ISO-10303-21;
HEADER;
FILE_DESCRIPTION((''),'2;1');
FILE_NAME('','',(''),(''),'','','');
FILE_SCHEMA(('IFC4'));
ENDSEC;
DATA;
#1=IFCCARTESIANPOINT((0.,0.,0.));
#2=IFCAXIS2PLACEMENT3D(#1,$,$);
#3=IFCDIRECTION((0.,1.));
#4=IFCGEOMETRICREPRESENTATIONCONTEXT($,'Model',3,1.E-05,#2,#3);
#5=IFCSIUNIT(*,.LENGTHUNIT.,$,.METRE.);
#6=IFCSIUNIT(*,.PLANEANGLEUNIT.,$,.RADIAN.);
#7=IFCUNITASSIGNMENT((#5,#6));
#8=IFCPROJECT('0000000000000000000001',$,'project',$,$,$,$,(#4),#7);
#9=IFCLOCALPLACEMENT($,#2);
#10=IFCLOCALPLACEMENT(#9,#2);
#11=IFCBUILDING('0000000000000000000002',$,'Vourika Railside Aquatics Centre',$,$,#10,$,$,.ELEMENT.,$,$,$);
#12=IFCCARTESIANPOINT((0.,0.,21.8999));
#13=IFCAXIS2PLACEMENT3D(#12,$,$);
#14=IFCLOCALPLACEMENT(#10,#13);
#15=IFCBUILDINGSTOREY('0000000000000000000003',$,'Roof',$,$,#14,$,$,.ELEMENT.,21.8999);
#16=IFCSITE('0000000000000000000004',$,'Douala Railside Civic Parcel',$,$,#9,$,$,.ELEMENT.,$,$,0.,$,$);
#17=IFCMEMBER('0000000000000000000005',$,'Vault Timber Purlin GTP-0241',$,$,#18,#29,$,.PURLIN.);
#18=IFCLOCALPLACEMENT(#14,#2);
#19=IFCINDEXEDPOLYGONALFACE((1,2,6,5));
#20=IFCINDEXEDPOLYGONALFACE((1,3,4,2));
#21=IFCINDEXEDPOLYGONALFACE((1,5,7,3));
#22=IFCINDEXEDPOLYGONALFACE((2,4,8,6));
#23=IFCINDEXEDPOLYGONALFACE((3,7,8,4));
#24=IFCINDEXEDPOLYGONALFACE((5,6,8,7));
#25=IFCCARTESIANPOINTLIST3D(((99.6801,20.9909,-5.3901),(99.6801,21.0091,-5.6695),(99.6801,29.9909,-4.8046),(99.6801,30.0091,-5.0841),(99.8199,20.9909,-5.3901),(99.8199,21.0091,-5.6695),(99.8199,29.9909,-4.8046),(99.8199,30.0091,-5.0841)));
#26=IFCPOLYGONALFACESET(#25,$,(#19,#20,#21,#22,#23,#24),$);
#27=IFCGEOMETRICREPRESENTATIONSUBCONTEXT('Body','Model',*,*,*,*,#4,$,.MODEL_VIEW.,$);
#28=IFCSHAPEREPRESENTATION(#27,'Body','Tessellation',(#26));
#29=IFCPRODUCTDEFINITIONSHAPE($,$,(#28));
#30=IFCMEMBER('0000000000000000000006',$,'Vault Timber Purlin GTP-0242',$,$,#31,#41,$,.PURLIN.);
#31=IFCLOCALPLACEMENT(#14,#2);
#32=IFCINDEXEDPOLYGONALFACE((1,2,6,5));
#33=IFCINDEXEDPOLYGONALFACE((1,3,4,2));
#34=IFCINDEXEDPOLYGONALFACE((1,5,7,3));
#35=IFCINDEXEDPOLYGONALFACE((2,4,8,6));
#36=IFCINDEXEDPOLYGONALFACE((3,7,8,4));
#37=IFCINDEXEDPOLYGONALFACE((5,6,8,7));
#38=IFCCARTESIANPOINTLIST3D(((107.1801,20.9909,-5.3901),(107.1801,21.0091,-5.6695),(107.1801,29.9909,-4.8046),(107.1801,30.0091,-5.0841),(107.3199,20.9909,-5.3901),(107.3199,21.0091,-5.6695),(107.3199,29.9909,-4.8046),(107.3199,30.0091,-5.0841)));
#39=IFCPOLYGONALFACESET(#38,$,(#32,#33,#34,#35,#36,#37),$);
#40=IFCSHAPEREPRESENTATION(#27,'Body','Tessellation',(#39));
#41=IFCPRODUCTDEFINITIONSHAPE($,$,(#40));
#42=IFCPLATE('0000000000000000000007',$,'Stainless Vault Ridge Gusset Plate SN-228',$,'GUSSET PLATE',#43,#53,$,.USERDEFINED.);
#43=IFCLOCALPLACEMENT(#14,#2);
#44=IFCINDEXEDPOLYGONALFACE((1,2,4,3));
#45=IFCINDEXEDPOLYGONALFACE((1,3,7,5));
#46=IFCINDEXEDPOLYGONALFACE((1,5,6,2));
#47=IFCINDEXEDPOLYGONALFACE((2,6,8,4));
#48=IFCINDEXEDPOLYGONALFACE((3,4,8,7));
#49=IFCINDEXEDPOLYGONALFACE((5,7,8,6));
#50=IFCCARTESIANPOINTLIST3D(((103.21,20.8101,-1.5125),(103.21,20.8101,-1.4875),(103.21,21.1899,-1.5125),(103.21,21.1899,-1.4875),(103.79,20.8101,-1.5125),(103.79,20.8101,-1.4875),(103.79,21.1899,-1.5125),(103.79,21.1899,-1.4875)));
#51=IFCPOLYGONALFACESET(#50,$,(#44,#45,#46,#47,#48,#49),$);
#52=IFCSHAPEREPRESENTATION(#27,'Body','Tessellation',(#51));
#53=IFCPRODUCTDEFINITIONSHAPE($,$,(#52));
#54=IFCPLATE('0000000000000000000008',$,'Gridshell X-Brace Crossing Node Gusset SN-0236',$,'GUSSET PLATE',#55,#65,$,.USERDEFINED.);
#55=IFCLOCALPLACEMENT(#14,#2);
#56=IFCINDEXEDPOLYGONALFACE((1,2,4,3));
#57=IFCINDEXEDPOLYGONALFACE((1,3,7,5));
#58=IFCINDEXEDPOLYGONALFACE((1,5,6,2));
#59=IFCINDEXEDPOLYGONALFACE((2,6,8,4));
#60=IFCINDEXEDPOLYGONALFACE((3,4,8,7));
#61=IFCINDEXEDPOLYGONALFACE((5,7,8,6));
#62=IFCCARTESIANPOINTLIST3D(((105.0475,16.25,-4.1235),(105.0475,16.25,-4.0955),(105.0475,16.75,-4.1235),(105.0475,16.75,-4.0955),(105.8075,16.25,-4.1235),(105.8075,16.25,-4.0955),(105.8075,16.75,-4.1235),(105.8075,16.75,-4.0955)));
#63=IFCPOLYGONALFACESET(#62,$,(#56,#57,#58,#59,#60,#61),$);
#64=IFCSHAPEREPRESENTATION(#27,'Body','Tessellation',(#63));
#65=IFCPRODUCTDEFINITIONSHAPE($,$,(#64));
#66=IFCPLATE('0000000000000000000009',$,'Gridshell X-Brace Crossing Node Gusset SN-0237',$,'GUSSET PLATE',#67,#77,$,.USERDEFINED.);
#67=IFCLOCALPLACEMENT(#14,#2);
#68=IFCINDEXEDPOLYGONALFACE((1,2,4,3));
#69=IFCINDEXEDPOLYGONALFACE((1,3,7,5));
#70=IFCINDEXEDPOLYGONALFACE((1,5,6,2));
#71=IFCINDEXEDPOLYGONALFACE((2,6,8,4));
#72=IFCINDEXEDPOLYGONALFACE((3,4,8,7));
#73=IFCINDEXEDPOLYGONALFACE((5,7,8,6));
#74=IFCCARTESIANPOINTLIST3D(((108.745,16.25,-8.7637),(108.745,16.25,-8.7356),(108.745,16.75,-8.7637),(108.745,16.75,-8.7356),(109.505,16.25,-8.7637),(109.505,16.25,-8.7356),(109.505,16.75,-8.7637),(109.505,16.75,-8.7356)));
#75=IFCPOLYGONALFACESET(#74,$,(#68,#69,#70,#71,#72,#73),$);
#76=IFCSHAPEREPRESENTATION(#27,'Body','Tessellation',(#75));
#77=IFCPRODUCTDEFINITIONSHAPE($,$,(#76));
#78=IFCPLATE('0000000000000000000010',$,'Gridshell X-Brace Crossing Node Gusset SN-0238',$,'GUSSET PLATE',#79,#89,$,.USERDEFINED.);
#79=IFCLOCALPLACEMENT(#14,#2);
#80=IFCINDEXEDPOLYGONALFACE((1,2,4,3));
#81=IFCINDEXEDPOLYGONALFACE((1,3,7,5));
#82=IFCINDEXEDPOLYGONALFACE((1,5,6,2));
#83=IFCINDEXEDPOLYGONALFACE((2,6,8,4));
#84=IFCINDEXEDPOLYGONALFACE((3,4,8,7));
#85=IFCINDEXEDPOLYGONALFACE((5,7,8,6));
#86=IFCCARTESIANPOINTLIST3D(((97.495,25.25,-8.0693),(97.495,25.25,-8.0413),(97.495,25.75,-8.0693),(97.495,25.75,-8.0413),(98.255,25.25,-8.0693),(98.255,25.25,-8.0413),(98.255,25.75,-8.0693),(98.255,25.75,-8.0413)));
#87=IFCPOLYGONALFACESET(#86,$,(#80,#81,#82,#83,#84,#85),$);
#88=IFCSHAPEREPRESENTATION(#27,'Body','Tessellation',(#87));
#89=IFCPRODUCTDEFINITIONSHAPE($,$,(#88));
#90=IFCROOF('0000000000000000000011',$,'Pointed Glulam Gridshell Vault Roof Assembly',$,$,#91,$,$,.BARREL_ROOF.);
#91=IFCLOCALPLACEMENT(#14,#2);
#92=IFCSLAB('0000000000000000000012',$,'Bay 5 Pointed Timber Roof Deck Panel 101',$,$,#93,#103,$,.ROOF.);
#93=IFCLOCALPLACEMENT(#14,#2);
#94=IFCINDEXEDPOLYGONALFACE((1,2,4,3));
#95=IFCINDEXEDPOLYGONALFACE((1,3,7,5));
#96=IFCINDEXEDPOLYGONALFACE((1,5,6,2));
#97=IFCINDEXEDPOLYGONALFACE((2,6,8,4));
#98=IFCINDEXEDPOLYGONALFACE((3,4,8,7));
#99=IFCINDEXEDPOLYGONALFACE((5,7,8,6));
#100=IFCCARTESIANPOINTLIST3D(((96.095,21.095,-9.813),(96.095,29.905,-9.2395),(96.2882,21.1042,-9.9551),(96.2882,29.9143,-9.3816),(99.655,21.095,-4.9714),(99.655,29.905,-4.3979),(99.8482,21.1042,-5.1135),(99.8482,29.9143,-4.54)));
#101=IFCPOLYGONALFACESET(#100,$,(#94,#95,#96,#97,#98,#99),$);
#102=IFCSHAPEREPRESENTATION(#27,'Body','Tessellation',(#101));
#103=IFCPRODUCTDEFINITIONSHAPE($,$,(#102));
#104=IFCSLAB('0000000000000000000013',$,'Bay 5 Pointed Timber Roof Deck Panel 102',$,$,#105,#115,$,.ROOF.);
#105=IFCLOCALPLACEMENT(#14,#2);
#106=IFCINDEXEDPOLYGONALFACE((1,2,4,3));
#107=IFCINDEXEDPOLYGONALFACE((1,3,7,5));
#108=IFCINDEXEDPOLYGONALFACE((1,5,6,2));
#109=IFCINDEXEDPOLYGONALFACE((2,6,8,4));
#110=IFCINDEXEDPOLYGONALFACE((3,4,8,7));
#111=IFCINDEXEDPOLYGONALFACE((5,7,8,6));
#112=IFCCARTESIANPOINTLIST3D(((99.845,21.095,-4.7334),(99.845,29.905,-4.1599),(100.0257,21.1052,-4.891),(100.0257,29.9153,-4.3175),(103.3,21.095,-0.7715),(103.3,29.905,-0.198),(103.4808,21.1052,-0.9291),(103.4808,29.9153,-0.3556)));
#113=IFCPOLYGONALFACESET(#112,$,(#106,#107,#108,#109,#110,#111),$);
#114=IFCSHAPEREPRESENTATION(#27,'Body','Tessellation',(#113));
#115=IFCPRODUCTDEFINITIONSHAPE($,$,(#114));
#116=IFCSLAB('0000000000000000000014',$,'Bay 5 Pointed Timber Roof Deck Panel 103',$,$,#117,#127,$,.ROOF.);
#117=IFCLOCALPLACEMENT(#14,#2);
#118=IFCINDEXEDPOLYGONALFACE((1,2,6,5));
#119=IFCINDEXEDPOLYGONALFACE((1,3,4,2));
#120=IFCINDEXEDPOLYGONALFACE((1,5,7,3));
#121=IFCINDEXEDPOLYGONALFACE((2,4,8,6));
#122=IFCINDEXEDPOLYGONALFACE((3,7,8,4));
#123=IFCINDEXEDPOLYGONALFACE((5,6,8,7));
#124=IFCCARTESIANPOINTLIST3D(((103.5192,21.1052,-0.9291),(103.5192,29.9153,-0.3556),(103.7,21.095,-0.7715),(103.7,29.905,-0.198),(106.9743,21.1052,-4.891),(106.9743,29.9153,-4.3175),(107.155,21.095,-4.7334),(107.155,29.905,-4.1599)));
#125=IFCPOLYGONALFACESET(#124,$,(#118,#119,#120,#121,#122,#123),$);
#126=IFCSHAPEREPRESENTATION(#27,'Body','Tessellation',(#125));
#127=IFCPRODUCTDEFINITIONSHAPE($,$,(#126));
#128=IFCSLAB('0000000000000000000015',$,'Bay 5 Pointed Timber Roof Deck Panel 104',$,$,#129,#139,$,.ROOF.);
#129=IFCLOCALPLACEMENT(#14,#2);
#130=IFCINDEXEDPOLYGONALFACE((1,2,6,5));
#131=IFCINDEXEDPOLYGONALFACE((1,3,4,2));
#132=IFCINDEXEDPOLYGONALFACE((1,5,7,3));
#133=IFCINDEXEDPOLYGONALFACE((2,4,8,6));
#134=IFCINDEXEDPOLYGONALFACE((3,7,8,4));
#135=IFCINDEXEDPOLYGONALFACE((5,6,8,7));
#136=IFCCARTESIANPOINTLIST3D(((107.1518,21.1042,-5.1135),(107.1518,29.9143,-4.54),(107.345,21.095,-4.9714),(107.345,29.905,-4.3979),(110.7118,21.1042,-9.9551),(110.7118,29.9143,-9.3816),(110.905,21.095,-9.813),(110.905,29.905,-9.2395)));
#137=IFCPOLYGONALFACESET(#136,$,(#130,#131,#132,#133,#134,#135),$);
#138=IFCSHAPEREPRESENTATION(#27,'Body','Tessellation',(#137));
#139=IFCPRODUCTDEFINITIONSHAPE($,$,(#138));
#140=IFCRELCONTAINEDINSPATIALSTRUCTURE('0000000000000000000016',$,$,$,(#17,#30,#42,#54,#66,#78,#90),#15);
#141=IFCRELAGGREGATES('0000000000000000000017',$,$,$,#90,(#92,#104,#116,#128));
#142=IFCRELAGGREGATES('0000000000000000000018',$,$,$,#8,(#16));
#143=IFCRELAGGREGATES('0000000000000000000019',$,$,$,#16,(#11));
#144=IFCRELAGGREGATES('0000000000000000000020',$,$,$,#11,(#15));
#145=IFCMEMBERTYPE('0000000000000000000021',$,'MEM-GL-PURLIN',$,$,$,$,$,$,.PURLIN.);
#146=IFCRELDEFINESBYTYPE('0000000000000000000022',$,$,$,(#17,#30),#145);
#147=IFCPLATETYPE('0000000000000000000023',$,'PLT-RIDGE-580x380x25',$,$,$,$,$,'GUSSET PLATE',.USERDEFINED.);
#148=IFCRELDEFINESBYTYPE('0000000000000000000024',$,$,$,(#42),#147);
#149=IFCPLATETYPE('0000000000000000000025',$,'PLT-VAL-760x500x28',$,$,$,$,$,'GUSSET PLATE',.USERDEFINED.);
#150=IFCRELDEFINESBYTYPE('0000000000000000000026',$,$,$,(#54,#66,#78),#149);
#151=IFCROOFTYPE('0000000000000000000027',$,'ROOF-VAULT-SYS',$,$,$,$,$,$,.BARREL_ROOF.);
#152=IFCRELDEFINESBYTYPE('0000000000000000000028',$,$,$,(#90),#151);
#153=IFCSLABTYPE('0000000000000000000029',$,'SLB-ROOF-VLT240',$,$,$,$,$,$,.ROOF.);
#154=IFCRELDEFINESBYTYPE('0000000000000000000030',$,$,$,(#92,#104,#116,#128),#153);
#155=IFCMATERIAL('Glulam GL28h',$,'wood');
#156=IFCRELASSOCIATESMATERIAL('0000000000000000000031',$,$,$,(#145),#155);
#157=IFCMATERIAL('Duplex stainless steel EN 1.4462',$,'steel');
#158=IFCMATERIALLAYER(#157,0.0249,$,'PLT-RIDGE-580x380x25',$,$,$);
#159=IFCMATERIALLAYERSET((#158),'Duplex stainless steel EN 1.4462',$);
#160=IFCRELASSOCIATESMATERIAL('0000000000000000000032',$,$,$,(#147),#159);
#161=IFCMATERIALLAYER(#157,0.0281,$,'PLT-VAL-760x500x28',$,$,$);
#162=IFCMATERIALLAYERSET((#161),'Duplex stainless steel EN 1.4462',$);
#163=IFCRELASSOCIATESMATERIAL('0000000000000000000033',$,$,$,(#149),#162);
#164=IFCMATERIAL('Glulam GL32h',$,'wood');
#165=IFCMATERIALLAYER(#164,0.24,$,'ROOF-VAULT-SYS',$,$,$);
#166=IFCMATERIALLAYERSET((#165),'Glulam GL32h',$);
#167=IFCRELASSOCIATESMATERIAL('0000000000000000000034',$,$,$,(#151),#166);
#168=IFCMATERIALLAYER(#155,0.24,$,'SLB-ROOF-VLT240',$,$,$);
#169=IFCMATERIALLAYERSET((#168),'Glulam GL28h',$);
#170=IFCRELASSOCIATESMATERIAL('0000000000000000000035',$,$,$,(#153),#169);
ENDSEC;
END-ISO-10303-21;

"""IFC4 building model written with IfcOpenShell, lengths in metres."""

from ifc_helpers import new_model, si_unit, direction, frame, origin, origin_2d, place, context, subcontext, project, spatial, polyline, rectangle, outline, extrude, material, layer, layer_set, material_profile, profile_set, type_object, element, aggregate, save


model = new_model("IFC4")

# Units and contexts
model_context = context("Model", 3, precision=1e-05, world=origin(), true_north=direction((0.0, 1.0)))
body_context = subcontext(model_context, "Body", "Model", "MODEL_VIEW")
ifc_project = project(units=[si_unit("LENGTHUNIT", "METRE"), si_unit("PLANEANGLEUNIT", "RADIAN")], contexts=[model_context])

# Site, building, storey
site_placement = place(None, origin())
site = spatial("IfcSite", under=ifc_project, at=site_placement, Name="Douala Railside Civic Parcel", CompositionType="ELEMENT", RefElevation=0.0)
building_placement = place(site_placement, origin())
building = spatial("IfcBuilding", under=site, at=building_placement, Name="Vourika Railside Aquatics Centre", CompositionType="ELEMENT")
storey_placement = place(building_placement, frame((0.0, 0.0, 21.8999)))
storey = spatial("IfcBuildingStorey", under=building, at=storey_placement, Name="Roof", CompositionType="ELEMENT", Elevation=21.8999)

# Shared definitions
ifc_material_1 = material(Name="Glulam GL32h", Category="wood")

# Members
ifc_material_2 = material(Name="Glulam GL28h", Category="wood")
ifc_material_profile_1 = material_profile(ifc_material_2, rectangle(XDim=0.1399, YDim=0.28, at=origin_2d()), Name="GL28h 140x280")
ifc_profile_set_1 = profile_set([ifc_material_profile_1], Name="Glulam GL28h")
member_type_1 = type_object("IfcMemberType", Name="MEM-GL-PURLIN", PredefinedType="PURLIN", material=ifc_profile_set_1)
for number, where, z_axis, x_axis, name in (
    (1, (99.75, 21.0, -5.5298), (0.0, 0.997891, 0.064913), (-1.0, 0.0, 0.0), "Vault Timber Purlin GTP-0241"),
    (2, (107.25, 21.0, -5.5298), (0.0, 0.997891, 0.064913), (-1.0, 0.0, 0.0), "Vault Timber Purlin GTP-0242"),
):
    element("IfcMember", number, at=place(storey_placement, frame(where, z_axis=z_axis, x_axis=x_axis)), inside=storey, type_object=member_type_1, Name=name, PredefinedType="PURLIN", context=body_context, shape_type="SweptSolid", body=[
        extrude(rectangle(XDim=0.1399, YDim=0.28, at=origin_2d()), origin(), (0.0, 0.0, 1.0), 9.019),
    ])

# Plates
ifc_material_3 = material(Name="Duplex stainless steel EN 1.4462", Category="steel")
ifc_layer_1 = layer(ifc_material_3, 0.0249, Name="PLT-RIDGE-580x380x25")
ifc_layer_set_1 = layer_set([ifc_layer_1], Name="Duplex stainless steel EN 1.4462")
plate_type_1 = type_object("IfcPlateType", Name="PLT-RIDGE-580x380x25", ElementType="GUSSET PLATE", PredefinedType="USERDEFINED", material=ifc_layer_set_1)
plate_placement = place(storey_placement, frame((103.5, 21.0, -1.5125), z_axis=(0.0, 0.0, 1.0), x_axis=(1.0, 0.0, 0.0)))
element("IfcPlate", 3, at=plate_placement, inside=storey, type_object=plate_type_1, Name="Stainless Vault Ridge Gusset Plate SN-228", ObjectType="GUSSET PLATE", PredefinedType="USERDEFINED", context=body_context, shape_type="SweptSolid", body=[
    extrude(rectangle(XDim=0.5801, YDim=0.3799, at=origin_2d()), origin(), (0.0, 0.0, 1.0), 0.0249),
])
ifc_layer_2 = layer(ifc_material_3, 0.0281, Name="PLT-VAL-760x500x28")
ifc_layer_set_2 = layer_set([ifc_layer_2], Name="Duplex stainless steel EN 1.4462")
plate_type_2 = type_object("IfcPlateType", Name="PLT-VAL-760x500x28", ElementType="GUSSET PLATE", PredefinedType="USERDEFINED", material=ifc_layer_set_2)
for number, where, z_axis, x_axis, name in (
    (4, (105.4275, 16.5, -4.1235), (0.0, 0.0, 1.0), (1.0, 0.0, 0.0), "Gridshell X-Brace Crossing Node Gusset SN-0236"),
    (5, (109.125, 16.5, -8.7637), (0.0, 0.0, 1.0), (1.0, 0.0, 0.0), "Gridshell X-Brace Crossing Node Gusset SN-0237"),
    (6, (97.875, 25.5, -8.0693), (0.0, 0.0, 1.0), (1.0, 0.0, 0.0), "Gridshell X-Brace Crossing Node Gusset SN-0238"),
):
    element("IfcPlate", number, at=place(storey_placement, frame(where, z_axis=z_axis, x_axis=x_axis)), inside=storey, type_object=plate_type_2, Name=name, ObjectType="GUSSET PLATE", PredefinedType="USERDEFINED", context=body_context, shape_type="SweptSolid", body=[
        extrude(rectangle(XDim=0.76, YDim=0.5, at=origin_2d()), origin(), (0.0, 0.0, 1.0), 0.0281),
    ])

# Roof, slabs
ifc_layer_3 = layer(ifc_material_1, 0.24, Name="ROOF-VAULT-SYS")
ifc_layer_set_3 = layer_set([ifc_layer_3], Name="Glulam GL32h")
roof_type = type_object("IfcRoofType", Name="ROOF-VAULT-SYS", PredefinedType="BARREL_ROOF", material=ifc_layer_set_3)
roof_placement = place(storey_placement, origin())
roof = element("IfcRoof", 7, at=roof_placement, inside=storey, type_object=roof_type, Name="Pointed Glulam Gridshell Vault Roof Assembly", PredefinedType="BARREL_ROOF")
ifc_layer_4 = layer(ifc_material_2, 0.24, Name="SLB-ROOF-VLT240")
ifc_layer_set_4 = layer_set([ifc_layer_4], Name="Glulam GL28h")
slab_type = type_object("IfcSlabType", Name="SLB-ROOF-VLT240", PredefinedType="ROOF", material=ifc_layer_set_4)
slab_1_placement = place(storey_placement, frame((96.095, 21.095, -9.813), z_axis=(-0.805045, -0.038533, 0.591961), x_axis=(0.592401, 0.0, 0.805644)))
slab_1 = element("IfcSlab", 8, at=slab_1_placement, type_object=slab_type, Name="Bay 5 Pointed Timber Roof Deck Panel 101", PredefinedType="ROOF", context=body_context, shape_type="SweptSolid", body=[
    extrude(outline(polyline([(0.0, 0.0), (6.0095, 0.0), (6.4716, 8.8166), (0.462, 8.8166), (0.0, 0.0)])), origin(), (0.0, 0.0, -1.0), 0.24),
])
slab_2_placement = place(storey_placement, frame((99.845, 21.095, -4.7334), z_axis=(-0.75298, -0.042745, 0.656654), x_axis=(0.657254, 0.0, 0.753669)))
slab_2 = element("IfcSlab", 9, at=slab_2_placement, type_object=slab_type, Name="Bay 5 Pointed Timber Roof Deck Panel 102", PredefinedType="ROOF", context=body_context, shape_type="SweptSolid", body=[
    extrude(outline(polyline([(0.0, 0.0), (5.2568, 0.0), (5.6891, 8.8181), (0.4322, 8.8181), (0.0, 0.0)])), origin(), (0.0, 0.0, -1.0), 0.24),
])
slab_3_placement = place(storey_placement, frame((103.7, 21.095, -0.7715), z_axis=(0.75298, -0.042745, 0.656654), x_axis=(0.657254, 0.0, -0.753669)))
slab_3 = element("IfcSlab", 10, at=slab_3_placement, type_object=slab_type, Name="Bay 5 Pointed Timber Roof Deck Panel 103", PredefinedType="ROOF", context=body_context, shape_type="SweptSolid", body=[
    extrude(outline(polyline([(0.0, 0.0), (5.2568, 0.0), (4.8246, 8.8181), (-0.4322, 8.8181), (0.0, 0.0)])), origin(), (0.0, 0.0, -1.0), 0.24),
])
slab_4_placement = place(storey_placement, frame((107.345, 21.095, -4.9714), z_axis=(0.805045, -0.038533, 0.591961), x_axis=(0.592401, 0.0, -0.805644)))
slab_4 = element("IfcSlab", 11, at=slab_4_placement, type_object=slab_type, Name="Bay 5 Pointed Timber Roof Deck Panel 104", PredefinedType="ROOF", context=body_context, shape_type="SweptSolid", body=[
    extrude(outline(polyline([(0.0, 0.0), (6.0095, 0.0), (5.5475, 8.8166), (-0.462, 8.8166), (0.0, 0.0)])), origin(), (0.0, 0.0, -1.0), 0.24),
])
aggregate(roof, [slab_1, slab_2, slab_3, slab_4])

save(model, "model.ifc")
